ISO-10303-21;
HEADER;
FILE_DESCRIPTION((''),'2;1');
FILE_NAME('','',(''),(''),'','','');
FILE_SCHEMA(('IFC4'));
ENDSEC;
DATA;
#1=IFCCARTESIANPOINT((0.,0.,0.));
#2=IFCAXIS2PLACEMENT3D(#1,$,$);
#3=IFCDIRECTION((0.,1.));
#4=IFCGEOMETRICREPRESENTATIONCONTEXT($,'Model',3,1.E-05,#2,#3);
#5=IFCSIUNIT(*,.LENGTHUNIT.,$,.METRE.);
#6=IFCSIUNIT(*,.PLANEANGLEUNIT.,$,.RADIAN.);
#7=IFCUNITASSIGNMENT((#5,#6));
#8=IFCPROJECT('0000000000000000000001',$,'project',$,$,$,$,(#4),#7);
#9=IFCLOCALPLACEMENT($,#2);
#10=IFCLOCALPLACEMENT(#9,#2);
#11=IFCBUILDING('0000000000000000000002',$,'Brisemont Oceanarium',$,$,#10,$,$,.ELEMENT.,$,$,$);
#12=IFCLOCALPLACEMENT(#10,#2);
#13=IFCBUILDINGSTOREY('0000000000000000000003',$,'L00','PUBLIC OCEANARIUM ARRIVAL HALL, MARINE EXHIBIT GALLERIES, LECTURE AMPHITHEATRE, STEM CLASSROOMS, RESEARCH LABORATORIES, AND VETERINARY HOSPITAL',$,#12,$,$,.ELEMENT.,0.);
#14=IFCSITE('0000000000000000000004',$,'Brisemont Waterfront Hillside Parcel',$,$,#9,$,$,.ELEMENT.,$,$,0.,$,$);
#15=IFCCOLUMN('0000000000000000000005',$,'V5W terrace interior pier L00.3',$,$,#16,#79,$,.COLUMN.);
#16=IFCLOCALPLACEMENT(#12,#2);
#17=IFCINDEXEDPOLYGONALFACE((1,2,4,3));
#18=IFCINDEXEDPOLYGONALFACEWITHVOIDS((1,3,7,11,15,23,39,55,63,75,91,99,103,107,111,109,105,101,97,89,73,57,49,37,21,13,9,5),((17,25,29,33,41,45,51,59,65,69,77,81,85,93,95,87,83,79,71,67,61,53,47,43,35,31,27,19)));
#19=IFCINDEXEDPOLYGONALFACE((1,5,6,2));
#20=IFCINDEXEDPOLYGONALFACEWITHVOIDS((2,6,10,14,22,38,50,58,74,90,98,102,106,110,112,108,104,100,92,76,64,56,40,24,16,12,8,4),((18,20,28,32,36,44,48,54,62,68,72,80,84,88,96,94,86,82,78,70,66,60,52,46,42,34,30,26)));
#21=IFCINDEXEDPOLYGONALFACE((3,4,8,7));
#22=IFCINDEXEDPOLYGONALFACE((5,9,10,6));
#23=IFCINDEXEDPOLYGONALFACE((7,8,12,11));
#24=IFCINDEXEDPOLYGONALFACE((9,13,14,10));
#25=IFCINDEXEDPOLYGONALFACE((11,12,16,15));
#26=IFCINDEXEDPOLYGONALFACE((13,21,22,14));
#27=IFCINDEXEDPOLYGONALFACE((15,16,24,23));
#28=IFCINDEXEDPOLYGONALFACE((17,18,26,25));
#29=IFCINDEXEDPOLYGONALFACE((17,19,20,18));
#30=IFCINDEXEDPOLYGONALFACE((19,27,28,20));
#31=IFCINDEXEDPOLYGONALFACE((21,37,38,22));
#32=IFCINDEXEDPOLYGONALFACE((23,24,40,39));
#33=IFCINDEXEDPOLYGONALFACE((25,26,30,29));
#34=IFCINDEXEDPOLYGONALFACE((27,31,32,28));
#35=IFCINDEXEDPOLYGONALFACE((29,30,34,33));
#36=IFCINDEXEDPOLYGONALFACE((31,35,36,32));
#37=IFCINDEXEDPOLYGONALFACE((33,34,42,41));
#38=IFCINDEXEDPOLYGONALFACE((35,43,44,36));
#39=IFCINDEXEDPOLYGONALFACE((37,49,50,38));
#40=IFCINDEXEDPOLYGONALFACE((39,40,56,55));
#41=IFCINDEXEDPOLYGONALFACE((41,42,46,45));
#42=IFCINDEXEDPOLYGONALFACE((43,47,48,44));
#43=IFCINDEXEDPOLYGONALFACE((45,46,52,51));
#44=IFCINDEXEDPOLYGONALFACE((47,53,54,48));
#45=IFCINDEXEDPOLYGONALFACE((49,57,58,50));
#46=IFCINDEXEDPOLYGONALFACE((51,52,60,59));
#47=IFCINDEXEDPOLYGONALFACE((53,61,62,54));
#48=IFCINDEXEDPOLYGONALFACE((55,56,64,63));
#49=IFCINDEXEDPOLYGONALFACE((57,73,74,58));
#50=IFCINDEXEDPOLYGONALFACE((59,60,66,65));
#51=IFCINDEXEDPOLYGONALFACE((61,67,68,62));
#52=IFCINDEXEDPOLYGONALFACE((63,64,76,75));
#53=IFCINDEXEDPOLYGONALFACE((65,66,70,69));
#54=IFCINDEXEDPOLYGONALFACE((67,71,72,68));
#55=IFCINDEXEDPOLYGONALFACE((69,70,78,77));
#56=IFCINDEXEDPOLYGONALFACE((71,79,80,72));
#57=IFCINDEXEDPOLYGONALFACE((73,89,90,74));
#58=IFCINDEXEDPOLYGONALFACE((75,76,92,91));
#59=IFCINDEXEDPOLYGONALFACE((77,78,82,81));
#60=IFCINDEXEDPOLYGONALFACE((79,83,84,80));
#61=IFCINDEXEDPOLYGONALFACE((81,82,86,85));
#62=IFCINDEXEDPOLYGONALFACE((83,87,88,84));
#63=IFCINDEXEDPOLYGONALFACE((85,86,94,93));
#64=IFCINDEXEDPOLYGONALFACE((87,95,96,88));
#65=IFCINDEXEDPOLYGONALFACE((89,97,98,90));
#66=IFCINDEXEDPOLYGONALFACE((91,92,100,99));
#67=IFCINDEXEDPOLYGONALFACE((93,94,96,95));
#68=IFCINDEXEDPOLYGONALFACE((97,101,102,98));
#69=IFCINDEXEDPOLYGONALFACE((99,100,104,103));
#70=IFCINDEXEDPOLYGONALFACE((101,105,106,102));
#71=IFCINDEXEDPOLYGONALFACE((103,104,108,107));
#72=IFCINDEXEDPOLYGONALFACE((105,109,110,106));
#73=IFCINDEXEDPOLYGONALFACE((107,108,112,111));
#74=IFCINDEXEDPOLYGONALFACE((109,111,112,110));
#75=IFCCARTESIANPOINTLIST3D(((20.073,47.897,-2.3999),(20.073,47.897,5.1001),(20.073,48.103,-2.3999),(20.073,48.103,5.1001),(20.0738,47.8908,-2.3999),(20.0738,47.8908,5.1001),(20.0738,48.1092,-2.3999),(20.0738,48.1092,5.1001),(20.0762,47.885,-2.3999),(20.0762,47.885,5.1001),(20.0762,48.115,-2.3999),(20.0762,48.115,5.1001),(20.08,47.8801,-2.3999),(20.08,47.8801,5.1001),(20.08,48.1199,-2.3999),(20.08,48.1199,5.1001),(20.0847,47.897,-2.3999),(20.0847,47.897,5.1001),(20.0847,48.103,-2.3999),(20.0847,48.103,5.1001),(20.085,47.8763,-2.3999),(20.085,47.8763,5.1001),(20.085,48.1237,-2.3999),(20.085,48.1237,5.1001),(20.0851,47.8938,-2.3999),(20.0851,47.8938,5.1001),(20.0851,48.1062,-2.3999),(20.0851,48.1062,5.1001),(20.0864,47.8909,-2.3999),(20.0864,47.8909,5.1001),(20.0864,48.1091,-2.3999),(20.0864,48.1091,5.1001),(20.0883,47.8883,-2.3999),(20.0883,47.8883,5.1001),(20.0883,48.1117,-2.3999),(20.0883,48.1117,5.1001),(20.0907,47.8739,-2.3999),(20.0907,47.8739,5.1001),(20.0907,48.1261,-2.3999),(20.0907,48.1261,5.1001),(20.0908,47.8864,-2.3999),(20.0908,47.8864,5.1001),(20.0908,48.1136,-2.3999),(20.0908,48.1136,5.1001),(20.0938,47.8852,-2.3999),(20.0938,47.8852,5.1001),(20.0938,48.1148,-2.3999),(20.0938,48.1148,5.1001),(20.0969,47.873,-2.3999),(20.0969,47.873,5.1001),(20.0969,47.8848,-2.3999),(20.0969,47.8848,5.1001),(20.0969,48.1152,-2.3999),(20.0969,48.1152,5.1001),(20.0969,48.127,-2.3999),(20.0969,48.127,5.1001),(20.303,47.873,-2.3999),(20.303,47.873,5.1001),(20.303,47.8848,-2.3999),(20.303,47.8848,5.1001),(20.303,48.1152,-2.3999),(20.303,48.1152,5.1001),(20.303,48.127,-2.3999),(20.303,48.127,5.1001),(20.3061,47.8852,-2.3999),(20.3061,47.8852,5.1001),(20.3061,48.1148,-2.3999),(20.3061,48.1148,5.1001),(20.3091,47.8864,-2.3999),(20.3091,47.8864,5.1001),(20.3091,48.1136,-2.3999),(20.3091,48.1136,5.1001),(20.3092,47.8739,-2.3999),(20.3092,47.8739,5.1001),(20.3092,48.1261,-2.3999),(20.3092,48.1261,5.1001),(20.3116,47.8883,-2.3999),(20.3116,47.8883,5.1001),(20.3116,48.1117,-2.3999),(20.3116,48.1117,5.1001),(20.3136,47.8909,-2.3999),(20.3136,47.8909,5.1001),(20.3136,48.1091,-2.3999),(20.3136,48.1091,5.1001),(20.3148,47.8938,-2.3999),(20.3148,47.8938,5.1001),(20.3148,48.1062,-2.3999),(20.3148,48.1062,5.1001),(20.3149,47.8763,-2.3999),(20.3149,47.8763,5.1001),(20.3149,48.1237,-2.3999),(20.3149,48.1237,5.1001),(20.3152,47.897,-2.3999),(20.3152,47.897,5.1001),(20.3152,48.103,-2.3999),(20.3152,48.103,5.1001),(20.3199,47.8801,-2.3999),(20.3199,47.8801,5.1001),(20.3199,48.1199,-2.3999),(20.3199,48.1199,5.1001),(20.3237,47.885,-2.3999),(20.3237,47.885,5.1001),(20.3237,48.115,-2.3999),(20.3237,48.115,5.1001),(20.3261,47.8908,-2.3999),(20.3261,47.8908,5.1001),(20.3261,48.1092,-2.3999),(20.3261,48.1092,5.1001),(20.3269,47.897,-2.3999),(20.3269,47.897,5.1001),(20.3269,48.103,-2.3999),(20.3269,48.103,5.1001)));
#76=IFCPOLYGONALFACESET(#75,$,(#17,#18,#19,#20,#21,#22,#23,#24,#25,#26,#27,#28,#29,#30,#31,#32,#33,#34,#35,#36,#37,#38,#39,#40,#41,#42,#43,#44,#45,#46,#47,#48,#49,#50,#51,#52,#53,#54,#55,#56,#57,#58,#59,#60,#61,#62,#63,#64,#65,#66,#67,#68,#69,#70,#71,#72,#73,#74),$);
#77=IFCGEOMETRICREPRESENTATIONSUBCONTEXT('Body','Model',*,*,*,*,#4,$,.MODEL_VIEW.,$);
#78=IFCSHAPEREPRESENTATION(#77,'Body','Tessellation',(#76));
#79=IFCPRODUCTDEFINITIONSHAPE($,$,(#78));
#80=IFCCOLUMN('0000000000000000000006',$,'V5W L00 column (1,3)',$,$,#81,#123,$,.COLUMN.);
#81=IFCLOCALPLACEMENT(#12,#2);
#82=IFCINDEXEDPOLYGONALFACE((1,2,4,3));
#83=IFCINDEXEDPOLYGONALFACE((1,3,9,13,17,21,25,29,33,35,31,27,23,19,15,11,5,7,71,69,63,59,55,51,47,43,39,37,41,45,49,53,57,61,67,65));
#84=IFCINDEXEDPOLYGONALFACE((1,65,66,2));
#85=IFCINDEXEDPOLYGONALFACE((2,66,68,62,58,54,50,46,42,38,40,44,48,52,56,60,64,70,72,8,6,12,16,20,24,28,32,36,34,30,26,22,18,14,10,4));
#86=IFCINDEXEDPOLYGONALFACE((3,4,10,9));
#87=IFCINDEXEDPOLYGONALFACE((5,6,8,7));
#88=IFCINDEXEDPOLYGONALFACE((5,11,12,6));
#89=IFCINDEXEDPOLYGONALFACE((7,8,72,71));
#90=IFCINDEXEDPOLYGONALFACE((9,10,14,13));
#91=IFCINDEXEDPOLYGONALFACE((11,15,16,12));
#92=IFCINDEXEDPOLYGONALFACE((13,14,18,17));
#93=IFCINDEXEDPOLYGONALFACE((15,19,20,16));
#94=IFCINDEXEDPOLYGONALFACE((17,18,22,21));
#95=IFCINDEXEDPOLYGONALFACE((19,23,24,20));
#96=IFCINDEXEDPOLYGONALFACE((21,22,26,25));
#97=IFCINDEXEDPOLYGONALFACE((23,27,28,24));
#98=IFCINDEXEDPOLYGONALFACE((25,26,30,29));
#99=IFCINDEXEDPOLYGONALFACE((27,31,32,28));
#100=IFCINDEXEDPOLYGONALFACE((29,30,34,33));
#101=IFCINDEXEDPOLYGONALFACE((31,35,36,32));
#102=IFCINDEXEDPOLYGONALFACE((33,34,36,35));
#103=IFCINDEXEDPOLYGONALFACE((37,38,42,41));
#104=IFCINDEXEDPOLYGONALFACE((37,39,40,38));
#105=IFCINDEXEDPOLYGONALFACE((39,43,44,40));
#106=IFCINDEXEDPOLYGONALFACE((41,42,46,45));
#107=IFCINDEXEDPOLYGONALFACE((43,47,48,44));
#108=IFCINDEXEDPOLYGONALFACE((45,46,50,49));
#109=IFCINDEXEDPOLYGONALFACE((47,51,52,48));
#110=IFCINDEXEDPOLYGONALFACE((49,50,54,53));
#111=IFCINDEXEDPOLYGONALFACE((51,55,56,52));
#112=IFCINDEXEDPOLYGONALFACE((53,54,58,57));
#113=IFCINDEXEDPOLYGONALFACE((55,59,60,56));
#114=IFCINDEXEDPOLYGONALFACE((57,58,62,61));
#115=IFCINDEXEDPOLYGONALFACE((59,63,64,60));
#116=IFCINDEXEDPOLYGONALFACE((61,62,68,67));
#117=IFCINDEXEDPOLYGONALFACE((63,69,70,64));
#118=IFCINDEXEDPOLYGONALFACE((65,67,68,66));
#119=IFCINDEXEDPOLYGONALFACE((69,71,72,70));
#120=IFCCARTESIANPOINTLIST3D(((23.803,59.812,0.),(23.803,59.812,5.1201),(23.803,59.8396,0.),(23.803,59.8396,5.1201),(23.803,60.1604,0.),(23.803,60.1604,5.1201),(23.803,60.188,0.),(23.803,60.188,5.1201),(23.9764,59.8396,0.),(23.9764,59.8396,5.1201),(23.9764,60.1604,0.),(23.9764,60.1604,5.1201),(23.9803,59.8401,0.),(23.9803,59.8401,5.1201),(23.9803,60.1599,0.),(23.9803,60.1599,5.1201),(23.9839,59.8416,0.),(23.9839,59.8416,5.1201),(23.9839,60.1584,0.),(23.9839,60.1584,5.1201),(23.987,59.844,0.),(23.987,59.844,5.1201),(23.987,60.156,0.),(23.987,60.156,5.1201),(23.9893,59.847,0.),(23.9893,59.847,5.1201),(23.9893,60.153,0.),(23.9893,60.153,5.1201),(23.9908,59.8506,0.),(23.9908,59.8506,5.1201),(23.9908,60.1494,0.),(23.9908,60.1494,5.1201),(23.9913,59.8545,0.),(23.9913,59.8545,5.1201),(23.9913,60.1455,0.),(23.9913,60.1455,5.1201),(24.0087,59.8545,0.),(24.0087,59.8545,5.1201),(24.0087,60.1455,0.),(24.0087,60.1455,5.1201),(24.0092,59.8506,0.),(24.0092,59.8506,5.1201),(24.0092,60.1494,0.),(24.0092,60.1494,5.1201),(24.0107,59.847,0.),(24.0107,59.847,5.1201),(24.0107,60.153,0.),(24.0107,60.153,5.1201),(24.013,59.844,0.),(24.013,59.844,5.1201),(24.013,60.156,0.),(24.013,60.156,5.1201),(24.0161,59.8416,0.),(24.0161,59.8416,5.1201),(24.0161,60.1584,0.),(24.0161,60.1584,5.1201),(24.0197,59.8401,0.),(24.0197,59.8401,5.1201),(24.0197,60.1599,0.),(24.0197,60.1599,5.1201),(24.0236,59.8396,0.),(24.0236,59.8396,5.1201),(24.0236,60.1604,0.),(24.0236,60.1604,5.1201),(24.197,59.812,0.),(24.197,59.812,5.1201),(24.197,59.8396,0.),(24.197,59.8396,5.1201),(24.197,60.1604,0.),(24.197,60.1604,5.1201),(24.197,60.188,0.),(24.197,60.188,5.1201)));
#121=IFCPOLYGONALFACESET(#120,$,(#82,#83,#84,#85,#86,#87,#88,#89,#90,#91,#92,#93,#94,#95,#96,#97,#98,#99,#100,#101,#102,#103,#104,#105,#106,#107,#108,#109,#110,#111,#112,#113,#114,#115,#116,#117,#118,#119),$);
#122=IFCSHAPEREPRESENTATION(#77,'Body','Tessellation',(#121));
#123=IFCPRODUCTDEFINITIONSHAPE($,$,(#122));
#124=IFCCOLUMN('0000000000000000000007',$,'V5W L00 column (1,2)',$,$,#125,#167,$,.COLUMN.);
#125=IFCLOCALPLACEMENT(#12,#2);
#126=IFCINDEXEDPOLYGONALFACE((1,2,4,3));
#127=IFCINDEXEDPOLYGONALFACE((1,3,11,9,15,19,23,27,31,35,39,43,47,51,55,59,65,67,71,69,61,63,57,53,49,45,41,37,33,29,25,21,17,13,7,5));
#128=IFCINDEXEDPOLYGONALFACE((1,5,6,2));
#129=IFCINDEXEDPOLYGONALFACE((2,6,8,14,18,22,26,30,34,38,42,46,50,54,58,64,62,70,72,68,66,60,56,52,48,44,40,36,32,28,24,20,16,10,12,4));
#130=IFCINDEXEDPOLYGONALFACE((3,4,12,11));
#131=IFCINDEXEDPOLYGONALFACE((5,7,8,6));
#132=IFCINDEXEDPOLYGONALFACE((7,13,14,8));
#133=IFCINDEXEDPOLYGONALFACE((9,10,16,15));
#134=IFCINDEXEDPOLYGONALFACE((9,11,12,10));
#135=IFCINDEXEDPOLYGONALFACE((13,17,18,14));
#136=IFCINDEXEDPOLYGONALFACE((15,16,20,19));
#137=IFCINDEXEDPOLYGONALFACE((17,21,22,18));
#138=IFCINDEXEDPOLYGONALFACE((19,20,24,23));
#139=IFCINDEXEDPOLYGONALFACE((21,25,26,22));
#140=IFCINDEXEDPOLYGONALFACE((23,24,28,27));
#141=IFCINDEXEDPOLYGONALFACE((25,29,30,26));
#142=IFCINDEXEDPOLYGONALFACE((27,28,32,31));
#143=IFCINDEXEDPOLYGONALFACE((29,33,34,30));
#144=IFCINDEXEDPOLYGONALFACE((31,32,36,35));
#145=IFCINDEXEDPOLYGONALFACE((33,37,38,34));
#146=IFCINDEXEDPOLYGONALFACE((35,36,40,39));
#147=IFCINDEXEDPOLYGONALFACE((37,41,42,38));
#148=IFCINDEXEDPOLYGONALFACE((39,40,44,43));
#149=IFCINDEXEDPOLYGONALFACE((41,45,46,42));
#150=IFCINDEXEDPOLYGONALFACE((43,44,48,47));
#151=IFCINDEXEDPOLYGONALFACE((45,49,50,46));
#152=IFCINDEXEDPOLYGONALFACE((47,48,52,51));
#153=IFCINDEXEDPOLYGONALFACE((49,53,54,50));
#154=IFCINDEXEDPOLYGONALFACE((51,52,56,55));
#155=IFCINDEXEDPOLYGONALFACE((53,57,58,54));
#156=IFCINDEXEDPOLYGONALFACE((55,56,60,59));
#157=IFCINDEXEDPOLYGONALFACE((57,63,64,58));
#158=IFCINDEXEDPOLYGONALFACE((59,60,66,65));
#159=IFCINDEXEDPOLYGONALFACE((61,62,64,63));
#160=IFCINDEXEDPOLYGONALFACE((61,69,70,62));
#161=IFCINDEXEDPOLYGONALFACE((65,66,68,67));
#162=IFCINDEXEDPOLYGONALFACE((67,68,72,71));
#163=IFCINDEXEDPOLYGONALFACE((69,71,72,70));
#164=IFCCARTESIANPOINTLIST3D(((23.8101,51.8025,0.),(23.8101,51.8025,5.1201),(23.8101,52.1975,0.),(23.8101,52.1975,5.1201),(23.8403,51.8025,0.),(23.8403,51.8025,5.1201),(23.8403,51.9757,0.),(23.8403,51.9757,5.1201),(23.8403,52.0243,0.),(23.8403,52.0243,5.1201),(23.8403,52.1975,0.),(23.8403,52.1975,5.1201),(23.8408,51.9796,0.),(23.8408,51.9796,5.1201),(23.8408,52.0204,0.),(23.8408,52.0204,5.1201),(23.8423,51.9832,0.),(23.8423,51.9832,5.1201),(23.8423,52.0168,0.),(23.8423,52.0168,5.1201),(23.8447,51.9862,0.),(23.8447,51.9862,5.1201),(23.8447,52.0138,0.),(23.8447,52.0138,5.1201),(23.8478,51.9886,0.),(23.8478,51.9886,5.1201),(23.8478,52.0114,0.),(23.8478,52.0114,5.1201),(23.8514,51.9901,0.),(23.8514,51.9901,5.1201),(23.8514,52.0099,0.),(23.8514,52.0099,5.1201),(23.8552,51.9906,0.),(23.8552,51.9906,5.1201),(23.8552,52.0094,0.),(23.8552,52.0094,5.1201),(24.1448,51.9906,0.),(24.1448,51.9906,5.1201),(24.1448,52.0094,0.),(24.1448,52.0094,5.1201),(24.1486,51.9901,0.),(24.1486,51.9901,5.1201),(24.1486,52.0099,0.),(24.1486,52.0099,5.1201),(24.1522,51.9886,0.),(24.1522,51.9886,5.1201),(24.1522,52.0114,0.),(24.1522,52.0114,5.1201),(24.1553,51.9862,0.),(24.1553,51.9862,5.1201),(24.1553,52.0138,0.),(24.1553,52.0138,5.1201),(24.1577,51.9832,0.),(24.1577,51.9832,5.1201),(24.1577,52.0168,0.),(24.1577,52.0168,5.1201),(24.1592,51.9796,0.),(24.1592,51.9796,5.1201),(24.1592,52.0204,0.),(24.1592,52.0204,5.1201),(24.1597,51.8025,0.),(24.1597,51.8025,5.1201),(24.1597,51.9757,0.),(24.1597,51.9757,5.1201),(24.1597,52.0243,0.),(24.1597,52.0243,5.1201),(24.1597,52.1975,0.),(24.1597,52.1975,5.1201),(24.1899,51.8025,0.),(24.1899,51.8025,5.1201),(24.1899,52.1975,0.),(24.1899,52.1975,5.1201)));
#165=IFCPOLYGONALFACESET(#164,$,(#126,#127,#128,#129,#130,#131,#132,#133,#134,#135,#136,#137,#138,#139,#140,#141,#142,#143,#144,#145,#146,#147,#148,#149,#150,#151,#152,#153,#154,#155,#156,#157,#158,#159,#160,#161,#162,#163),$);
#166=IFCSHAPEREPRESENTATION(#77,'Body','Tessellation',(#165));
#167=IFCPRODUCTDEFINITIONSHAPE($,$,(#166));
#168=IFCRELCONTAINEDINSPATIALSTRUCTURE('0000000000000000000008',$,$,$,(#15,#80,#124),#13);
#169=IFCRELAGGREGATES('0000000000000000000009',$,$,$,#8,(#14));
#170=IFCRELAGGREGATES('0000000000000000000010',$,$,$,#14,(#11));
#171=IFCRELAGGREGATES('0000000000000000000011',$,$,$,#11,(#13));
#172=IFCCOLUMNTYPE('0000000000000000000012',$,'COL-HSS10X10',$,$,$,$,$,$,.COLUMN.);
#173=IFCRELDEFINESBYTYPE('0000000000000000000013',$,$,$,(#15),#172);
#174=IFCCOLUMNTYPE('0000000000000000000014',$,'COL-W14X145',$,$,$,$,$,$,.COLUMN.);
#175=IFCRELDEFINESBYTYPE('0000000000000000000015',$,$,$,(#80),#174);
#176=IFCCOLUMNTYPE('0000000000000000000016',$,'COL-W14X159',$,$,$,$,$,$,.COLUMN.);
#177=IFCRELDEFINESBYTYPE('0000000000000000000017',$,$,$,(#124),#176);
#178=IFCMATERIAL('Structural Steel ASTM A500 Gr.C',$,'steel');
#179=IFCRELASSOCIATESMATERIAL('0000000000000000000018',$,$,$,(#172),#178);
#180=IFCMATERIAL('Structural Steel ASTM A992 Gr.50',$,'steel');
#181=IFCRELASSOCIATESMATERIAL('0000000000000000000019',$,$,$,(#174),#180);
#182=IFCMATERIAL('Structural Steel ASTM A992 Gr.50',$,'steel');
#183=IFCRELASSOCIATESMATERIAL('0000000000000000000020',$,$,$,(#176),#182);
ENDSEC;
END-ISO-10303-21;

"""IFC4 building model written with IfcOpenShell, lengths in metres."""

from ifc_helpers import new_model, si_unit, direction, frame, origin, origin_2d, place, context, subcontext, project, spatial, hollow_rectangle, i_section, extrude, material, material_profile, profile_set, type_object, element, save


model = new_model("IFC4")

# Units and contexts
model_context = context("Model", 3, precision=1e-05, world=origin(), true_north=direction((0.0, 1.0)))
body_context = subcontext(model_context, "Body", "Model", "MODEL_VIEW")
ifc_project = project(units=[si_unit("LENGTHUNIT", "METRE"), si_unit("PLANEANGLEUNIT", "RADIAN")], contexts=[model_context])

# Site, building, storey
site_placement = place(None, origin())
site = spatial("IfcSite", under=ifc_project, at=site_placement, Name="Brisemont Waterfront Hillside Parcel", CompositionType="ELEMENT", RefElevation=0.0)
building_placement = place(site_placement, origin())
building = spatial("IfcBuilding", under=site, at=building_placement, Name="Brisemont Oceanarium", CompositionType="ELEMENT")
storey_placement = place(building_placement, origin())
storey = spatial("IfcBuildingStorey", under=building, at=storey_placement, Name="L00", Description="PUBLIC OCEANARIUM ARRIVAL HALL, MARINE EXHIBIT GALLERIES, LECTURE AMPHITHEATRE, STEM CLASSROOMS, RESEARCH LABORATORIES, AND VETERINARY HOSPITAL", CompositionType="ELEMENT", Elevation=0.0)

# Columns
ifc_material_1 = material(Name="Structural Steel ASTM A500 Gr.C", Category="steel")
ifc_material_profile_1 = material_profile(ifc_material_1, hollow_rectangle(XDim=0.2539, YDim=0.2539, WallThickness=0.0117, InnerFilletRadius=0.0122, OuterFilletRadius=0.0239, at=origin_2d()), Name="HSS10X10X1/2")
ifc_profile_set_1 = profile_set([ifc_material_profile_1], Name="Structural Steel ASTM A500 Gr.C")
column_type_1 = type_object("IfcColumnType", Name="COL-HSS10X10", PredefinedType="COLUMN", material=ifc_profile_set_1)
column_1_placement = place(storey_placement, frame((20.2, 48.0, -2.3999), z_axis=(0.0, 0.0, 1.0), x_axis=(1.0, 0.0, 0.0)))
element("IfcColumn", 1, at=column_1_placement, inside=storey, type_object=column_type_1, Name="V5W terrace interior pier L00.3", PredefinedType="COLUMN", context=body_context, shape_type="SweptSolid", body=[
    extrude(hollow_rectangle(XDim=0.2539, YDim=0.2539, WallThickness=0.0117, InnerFilletRadius=0.0122, OuterFilletRadius=0.0239, at=origin_2d()), origin(), (0.0, 0.0, 1.0), 7.5),
])
ifc_material_2 = material(Name="Structural Steel ASTM A992 Gr.50", Category="steel")
ifc_material_profile_2 = material_profile(ifc_material_2, i_section(OverallWidth=0.394, OverallDepth=0.376, WebThickness=0.0173, FlangeThickness=0.0276, FilletRadius=0.0149, at=origin_2d()), Name="W14X145")
ifc_profile_set_2 = profile_set([ifc_material_profile_2], Name="Structural Steel ASTM A992 Gr.50")
column_type_2 = type_object("IfcColumnType", Name="COL-W14X145", PredefinedType="COLUMN", material=ifc_profile_set_2)
column_2_placement = place(storey_placement, frame((24.0, 60.0, 0.0), z_axis=(0.0, 0.0, 1.0), x_axis=(1.0, 0.0, 0.0)))
element("IfcColumn", 2, at=column_2_placement, inside=storey, type_object=column_type_2, Name="V5W L00 column (1,3)", PredefinedType="COLUMN", context=body_context, shape_type="SweptSolid", body=[
    extrude(i_section(OverallWidth=0.394, OverallDepth=0.376, WebThickness=0.0173, FlangeThickness=0.0276, FilletRadius=0.0149, at=origin_2d()), origin(), (0.0, 0.0, 1.0), 5.1201),
])
ifc_material_3 = material(Name="Structural Steel ASTM A992 Gr.50", Category="steel")
ifc_material_profile_3 = material_profile(ifc_material_3, i_section(OverallWidth=0.395, OverallDepth=0.3799, WebThickness=0.0188, FlangeThickness=0.0303, FilletRadius=0.0149, at=origin_2d()), Name="W14X159")
ifc_profile_set_3 = profile_set([ifc_material_profile_3], Name="Structural Steel ASTM A992 Gr.50")
column_type_3 = type_object("IfcColumnType", Name="COL-W14X159", PredefinedType="COLUMN", material=ifc_profile_set_3)
column_3_placement = place(storey_placement, frame((24.0, 52.0, 0.0), z_axis=(0.0, 0.0, 1.0), x_axis=(0.0, 1.0, 0.0)))
element("IfcColumn", 3, at=column_3_placement, inside=storey, type_object=column_type_3, Name="V5W L00 column (1,2)", PredefinedType="COLUMN", context=body_context, shape_type="SweptSolid", body=[
    extrude(i_section(OverallWidth=0.395, OverallDepth=0.3799, WebThickness=0.0188, FlangeThickness=0.0303, FilletRadius=0.0149, at=origin_2d()), origin(), (0.0, 0.0, 1.0), 5.1201),
])

save(model, "model.ifc")
